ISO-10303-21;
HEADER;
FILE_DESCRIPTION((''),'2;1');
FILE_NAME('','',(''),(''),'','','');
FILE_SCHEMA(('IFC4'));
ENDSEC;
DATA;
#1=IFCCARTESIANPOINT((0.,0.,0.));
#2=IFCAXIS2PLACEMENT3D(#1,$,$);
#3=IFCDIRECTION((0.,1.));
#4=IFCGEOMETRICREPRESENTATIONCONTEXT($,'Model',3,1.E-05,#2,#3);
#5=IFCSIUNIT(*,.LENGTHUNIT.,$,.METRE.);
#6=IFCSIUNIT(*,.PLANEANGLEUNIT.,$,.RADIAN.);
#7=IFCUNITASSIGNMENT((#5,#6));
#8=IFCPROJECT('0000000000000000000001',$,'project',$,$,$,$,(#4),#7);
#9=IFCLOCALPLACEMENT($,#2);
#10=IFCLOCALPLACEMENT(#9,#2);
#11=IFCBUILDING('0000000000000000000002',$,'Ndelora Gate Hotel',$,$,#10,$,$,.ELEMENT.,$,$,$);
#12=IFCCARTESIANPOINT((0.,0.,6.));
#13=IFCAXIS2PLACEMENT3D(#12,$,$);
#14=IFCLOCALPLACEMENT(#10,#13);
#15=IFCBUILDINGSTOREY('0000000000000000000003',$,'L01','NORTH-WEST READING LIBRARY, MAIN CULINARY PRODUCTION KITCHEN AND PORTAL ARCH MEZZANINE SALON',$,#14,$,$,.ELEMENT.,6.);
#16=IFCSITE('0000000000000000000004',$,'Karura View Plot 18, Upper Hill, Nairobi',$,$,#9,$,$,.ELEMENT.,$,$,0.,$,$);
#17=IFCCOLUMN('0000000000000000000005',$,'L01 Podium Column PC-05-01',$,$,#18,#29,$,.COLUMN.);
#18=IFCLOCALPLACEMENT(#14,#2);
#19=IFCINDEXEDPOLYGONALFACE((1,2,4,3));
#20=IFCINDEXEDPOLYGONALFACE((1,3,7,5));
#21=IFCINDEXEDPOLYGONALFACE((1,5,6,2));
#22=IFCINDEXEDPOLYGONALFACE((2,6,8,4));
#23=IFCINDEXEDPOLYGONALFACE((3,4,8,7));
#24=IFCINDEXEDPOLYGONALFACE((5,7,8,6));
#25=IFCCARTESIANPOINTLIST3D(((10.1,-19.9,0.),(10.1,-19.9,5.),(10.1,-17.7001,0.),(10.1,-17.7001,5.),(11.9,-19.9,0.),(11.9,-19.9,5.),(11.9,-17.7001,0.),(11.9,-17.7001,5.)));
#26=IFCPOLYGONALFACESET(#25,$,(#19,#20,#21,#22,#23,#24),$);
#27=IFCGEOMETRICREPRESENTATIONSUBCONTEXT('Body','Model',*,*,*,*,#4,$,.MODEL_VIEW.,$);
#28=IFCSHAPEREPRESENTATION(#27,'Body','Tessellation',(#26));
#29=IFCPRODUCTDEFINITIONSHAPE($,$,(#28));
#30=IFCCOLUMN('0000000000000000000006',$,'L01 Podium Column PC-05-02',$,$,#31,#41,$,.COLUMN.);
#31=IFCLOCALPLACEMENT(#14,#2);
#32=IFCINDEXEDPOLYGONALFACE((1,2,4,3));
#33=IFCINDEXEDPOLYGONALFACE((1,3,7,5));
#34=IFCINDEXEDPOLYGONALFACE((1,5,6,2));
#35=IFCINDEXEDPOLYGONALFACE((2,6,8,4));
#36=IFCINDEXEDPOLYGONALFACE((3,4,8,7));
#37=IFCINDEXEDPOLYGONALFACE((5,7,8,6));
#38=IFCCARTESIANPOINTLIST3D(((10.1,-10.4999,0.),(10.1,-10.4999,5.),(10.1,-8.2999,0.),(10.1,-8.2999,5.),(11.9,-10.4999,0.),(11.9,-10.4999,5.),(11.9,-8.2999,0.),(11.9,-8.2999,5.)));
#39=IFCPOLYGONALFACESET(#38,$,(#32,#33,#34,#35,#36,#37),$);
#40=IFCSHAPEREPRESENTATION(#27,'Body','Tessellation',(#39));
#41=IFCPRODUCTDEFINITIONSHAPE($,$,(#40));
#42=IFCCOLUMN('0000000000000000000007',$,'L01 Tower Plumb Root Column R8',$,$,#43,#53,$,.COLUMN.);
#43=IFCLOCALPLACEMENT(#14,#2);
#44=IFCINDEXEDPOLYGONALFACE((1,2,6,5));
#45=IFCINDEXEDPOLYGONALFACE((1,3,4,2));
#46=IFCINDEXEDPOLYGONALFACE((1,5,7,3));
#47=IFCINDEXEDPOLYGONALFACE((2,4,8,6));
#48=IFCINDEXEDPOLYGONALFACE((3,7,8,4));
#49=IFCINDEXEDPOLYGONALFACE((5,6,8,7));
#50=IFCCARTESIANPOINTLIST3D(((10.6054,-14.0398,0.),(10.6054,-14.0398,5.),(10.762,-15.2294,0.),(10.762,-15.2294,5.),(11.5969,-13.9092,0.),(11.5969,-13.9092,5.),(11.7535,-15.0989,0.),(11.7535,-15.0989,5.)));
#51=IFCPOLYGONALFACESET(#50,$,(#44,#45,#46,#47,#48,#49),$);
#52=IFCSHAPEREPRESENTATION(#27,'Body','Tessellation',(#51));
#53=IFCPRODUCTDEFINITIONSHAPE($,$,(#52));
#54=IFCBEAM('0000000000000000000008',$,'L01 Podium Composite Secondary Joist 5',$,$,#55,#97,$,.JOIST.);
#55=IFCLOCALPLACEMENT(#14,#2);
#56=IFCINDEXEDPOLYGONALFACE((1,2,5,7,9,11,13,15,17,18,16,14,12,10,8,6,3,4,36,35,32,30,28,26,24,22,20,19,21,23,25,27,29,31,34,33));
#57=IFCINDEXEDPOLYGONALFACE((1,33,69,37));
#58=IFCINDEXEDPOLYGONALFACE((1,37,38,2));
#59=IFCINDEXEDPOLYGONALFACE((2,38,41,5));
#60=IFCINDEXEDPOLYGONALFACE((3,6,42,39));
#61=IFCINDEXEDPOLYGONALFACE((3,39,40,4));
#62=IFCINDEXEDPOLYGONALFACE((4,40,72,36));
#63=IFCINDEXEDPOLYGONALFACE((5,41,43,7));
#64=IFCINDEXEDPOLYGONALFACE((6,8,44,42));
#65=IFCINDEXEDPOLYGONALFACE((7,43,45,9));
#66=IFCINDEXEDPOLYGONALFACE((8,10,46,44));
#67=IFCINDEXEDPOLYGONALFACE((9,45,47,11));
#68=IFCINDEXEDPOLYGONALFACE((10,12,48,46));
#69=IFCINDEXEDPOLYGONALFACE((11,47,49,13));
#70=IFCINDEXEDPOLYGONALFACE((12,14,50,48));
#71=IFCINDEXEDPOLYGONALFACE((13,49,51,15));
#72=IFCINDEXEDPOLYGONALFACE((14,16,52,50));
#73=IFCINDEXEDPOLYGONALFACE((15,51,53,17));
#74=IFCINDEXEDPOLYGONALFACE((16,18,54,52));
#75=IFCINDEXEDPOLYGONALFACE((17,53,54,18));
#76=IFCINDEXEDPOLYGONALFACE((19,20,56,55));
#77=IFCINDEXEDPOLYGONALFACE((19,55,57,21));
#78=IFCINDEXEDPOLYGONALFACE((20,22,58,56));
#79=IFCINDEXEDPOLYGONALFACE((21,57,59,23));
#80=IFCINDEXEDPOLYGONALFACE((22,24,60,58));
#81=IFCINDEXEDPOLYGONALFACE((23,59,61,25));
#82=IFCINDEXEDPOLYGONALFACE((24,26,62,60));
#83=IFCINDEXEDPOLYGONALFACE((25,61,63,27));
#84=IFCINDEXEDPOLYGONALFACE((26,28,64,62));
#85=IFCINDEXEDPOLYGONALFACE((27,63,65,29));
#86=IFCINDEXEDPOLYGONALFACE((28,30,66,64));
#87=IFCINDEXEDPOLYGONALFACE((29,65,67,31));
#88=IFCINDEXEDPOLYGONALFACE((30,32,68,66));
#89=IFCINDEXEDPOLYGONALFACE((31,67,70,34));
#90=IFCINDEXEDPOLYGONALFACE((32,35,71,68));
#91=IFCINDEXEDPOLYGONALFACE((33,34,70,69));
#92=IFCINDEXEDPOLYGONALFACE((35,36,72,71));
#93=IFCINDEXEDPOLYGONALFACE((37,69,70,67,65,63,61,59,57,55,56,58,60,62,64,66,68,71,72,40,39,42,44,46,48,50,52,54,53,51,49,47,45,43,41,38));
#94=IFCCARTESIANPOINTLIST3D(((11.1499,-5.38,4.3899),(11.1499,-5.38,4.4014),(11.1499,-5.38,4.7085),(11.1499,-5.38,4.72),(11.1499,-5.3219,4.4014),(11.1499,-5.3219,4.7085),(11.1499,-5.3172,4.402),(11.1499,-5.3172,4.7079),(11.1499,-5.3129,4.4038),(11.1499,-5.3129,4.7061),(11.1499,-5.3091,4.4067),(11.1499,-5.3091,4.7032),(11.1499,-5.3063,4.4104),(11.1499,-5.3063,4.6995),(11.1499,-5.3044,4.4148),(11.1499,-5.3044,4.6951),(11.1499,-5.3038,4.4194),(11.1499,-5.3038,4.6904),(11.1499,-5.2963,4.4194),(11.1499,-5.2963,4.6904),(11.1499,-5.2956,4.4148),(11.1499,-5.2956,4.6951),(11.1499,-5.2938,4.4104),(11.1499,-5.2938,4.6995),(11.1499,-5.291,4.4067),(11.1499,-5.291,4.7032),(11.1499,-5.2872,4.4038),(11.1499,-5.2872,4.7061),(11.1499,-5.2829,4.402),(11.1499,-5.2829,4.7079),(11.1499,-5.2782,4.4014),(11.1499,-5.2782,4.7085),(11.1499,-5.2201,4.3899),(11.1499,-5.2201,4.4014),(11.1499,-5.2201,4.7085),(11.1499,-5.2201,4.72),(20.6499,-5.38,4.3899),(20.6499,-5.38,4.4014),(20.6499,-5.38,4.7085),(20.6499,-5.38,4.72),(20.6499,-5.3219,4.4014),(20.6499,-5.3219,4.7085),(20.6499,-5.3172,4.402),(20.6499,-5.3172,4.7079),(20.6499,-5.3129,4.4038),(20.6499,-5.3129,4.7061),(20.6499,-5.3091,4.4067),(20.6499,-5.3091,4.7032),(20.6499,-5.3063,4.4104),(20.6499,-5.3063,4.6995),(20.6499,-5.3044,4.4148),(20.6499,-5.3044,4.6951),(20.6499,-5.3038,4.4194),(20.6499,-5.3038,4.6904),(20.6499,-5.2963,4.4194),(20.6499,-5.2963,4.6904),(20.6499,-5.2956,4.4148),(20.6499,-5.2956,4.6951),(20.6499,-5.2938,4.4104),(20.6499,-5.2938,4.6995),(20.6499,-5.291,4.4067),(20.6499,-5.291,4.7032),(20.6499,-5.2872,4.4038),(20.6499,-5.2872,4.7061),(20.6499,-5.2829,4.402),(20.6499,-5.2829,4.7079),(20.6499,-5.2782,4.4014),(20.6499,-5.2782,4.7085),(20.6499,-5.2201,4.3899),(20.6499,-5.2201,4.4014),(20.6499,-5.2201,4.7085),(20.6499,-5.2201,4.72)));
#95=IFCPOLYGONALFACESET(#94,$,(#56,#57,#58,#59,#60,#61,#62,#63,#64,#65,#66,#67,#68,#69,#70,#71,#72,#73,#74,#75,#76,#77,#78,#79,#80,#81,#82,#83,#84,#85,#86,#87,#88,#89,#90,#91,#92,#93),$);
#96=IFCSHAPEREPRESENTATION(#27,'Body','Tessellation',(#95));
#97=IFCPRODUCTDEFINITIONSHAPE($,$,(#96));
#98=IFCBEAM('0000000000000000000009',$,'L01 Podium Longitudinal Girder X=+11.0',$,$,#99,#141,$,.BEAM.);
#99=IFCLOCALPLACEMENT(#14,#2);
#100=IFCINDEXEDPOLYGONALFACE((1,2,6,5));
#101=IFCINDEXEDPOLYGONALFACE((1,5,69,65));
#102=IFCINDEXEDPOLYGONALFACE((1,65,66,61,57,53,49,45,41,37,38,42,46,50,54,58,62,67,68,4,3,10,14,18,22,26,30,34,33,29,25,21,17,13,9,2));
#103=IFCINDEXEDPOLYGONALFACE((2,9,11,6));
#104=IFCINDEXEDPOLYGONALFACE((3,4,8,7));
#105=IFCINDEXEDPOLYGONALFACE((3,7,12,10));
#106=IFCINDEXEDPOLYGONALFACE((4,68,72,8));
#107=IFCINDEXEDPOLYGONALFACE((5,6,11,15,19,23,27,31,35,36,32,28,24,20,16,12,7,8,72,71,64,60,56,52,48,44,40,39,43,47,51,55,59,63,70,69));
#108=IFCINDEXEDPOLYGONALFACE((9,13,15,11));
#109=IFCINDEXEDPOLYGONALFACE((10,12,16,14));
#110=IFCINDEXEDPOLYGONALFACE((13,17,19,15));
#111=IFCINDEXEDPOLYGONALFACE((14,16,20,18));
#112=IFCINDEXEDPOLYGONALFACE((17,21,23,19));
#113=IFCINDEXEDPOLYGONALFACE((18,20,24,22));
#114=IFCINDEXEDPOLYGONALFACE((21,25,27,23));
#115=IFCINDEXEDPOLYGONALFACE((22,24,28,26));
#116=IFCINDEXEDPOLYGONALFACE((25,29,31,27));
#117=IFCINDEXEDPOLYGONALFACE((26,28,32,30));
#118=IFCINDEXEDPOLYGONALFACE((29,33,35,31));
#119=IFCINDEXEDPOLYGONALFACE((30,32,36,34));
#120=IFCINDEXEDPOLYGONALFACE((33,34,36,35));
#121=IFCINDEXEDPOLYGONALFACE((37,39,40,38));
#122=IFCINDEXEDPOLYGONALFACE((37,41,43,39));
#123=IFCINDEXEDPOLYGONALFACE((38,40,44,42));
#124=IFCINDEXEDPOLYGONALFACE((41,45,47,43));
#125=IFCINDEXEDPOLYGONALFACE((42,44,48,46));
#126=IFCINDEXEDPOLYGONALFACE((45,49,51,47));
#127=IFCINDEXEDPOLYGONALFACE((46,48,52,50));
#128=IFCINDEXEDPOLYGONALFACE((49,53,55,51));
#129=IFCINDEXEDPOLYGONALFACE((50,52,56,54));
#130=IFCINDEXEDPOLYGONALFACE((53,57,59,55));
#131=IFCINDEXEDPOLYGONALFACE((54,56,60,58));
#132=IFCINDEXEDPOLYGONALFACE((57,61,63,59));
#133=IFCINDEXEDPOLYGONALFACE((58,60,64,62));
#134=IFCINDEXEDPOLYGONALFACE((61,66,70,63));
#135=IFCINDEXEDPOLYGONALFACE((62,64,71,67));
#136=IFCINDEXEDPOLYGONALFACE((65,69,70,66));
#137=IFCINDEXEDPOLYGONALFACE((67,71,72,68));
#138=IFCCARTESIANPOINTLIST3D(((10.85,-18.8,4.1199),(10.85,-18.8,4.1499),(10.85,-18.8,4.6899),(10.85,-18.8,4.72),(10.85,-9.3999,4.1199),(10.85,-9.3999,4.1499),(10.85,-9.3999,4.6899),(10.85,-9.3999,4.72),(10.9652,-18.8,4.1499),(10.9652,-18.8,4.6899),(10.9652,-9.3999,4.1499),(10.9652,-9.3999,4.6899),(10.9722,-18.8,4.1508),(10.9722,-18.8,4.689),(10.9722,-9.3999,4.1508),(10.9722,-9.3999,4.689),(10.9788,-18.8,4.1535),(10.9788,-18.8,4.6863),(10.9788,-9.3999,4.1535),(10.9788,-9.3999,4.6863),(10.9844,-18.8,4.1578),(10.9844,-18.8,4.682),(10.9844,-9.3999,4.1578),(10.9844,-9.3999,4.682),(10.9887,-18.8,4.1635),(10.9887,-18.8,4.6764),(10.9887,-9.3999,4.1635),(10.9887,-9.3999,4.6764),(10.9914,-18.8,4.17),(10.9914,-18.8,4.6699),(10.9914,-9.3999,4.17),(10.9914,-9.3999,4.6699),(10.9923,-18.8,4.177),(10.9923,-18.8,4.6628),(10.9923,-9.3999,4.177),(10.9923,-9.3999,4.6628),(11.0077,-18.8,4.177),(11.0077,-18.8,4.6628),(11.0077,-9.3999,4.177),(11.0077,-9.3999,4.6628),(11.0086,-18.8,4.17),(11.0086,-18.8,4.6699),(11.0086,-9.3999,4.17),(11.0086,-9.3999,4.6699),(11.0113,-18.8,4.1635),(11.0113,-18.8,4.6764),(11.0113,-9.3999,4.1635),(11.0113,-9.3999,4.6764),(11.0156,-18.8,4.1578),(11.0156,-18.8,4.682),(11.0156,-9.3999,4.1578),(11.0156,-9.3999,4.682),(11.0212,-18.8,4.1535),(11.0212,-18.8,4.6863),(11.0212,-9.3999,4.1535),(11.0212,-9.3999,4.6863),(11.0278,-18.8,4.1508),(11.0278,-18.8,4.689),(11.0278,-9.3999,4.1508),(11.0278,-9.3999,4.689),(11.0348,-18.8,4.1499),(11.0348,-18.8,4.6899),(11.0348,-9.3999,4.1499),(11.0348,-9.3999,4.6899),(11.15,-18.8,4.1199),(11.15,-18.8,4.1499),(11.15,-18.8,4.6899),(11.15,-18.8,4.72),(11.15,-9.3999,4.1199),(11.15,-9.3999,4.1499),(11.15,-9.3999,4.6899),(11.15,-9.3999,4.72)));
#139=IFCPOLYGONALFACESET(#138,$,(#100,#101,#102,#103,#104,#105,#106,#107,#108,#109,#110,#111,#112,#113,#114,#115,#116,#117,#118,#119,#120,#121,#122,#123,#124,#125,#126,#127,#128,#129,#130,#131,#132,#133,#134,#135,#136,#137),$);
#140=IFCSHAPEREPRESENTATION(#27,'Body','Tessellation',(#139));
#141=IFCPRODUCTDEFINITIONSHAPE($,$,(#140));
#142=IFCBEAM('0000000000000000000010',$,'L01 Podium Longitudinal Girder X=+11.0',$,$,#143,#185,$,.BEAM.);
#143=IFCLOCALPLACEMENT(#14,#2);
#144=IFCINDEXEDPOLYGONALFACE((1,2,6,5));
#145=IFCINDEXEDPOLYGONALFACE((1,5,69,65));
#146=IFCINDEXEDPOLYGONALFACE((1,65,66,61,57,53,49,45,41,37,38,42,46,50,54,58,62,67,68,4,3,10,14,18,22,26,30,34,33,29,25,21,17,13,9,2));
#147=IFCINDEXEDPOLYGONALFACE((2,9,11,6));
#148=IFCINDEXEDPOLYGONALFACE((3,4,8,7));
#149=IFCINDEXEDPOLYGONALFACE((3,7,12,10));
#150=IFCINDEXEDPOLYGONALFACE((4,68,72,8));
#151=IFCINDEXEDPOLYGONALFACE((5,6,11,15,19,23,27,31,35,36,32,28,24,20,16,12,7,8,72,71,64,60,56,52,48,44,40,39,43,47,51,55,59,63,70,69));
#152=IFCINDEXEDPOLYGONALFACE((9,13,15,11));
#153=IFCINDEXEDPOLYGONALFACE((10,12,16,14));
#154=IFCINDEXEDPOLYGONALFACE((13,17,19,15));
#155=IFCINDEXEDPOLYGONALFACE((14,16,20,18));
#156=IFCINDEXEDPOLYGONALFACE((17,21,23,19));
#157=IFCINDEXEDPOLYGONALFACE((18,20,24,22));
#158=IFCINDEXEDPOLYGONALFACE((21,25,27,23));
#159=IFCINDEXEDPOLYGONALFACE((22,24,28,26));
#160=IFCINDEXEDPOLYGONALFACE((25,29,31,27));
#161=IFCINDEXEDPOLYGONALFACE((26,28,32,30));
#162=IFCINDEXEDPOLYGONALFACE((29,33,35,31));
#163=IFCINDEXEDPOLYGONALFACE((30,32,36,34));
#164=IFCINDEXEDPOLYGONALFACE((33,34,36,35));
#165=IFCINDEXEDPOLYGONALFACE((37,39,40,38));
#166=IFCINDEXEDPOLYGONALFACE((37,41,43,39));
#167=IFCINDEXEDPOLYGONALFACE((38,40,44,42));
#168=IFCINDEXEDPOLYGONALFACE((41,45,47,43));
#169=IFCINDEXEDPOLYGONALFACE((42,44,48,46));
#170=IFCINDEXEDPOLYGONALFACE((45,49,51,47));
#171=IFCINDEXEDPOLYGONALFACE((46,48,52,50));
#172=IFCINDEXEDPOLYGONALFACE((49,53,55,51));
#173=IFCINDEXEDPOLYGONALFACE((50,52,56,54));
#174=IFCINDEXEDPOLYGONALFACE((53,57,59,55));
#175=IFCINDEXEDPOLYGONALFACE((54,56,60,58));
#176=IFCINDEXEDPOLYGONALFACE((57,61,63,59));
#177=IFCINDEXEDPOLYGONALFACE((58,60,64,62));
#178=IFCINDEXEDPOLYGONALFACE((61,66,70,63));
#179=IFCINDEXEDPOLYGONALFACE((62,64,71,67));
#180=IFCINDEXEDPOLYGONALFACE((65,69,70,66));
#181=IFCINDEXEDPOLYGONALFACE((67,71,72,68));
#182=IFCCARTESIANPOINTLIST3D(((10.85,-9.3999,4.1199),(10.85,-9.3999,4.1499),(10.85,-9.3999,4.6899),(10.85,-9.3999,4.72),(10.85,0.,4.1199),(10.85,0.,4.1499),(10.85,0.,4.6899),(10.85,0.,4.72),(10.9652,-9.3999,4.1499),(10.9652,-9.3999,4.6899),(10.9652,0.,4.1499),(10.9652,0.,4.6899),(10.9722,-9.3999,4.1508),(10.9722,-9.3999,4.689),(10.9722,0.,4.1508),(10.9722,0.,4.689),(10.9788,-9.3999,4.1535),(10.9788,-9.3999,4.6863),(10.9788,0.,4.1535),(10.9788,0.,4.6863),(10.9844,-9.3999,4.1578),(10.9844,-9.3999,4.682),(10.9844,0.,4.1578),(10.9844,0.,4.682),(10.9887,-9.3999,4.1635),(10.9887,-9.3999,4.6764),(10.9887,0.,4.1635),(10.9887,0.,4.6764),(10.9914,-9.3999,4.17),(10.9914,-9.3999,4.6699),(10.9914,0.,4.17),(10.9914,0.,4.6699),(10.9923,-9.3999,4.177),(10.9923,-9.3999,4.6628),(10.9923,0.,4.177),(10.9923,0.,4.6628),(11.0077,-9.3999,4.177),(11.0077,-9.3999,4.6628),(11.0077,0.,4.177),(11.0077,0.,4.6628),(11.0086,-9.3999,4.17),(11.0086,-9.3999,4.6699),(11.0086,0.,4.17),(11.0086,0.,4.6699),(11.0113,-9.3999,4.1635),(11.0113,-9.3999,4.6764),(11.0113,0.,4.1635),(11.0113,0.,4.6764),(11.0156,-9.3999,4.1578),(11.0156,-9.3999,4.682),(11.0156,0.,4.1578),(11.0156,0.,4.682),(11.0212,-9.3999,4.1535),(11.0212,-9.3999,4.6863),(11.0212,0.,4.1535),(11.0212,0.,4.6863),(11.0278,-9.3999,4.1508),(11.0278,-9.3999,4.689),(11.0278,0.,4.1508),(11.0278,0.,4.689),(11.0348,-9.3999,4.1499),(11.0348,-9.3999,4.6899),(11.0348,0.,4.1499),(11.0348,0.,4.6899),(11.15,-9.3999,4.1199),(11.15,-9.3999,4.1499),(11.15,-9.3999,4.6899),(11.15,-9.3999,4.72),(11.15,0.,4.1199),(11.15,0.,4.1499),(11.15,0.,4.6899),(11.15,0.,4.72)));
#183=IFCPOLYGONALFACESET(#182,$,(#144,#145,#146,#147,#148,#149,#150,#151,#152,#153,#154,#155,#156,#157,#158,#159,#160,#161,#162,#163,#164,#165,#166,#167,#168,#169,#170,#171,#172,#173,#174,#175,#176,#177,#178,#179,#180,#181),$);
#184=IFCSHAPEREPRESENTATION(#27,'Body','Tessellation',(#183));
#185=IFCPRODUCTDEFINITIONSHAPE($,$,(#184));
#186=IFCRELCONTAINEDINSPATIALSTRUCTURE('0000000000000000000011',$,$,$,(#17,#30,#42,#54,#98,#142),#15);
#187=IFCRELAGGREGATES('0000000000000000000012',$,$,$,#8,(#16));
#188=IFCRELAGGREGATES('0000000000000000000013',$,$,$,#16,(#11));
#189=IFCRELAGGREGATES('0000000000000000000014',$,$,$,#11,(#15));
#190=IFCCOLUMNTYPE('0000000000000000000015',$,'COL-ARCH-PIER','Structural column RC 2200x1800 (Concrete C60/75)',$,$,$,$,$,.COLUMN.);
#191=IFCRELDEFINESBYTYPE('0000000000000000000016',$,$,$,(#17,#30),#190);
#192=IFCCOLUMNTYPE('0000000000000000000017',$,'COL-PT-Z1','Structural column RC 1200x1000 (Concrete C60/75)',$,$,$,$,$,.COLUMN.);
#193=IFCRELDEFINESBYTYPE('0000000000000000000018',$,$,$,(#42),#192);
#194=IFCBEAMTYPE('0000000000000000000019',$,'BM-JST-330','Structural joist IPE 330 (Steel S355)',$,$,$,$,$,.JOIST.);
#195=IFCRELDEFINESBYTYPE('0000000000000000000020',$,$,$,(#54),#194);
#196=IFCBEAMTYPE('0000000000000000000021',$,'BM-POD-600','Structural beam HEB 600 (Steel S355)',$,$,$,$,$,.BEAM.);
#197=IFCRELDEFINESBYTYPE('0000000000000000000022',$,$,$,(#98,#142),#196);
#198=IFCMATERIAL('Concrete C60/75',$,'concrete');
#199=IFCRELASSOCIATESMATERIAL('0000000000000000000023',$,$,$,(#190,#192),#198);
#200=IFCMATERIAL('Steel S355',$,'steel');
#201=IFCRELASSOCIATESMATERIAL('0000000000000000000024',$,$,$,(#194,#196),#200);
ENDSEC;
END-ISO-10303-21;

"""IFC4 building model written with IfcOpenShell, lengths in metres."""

from ifc_helpers import new_model, si_unit, direction, frame, origin, origin_2d, place, context, subcontext, project, spatial, rectangle, i_section, extrude, material, material_profile, profile_set, type_object, element, save


model = new_model("IFC4")

# Units and contexts
model_context = context("Model", 3, precision=1e-05, world=origin(), true_north=direction((0.0, 1.0)))
body_context = subcontext(model_context, "Body", "Model", "MODEL_VIEW")
ifc_project = project(units=[si_unit("LENGTHUNIT", "METRE"), si_unit("PLANEANGLEUNIT", "RADIAN")], contexts=[model_context])

# Site, building, storey
site_placement = place(None, origin())
site = spatial("IfcSite", under=ifc_project, at=site_placement, Name="Karura View Plot 18, Upper Hill, Nairobi", CompositionType="ELEMENT", RefElevation=0.0)
building_placement = place(site_placement, origin())
building = spatial("IfcBuilding", under=site, at=building_placement, Name="Ndelora Gate Hotel", CompositionType="ELEMENT")
storey_placement = place(building_placement, frame((0.0, 0.0, 6.0)))
storey = spatial("IfcBuildingStorey", under=building, at=storey_placement, Name="L01", Description="NORTH-WEST READING LIBRARY, MAIN CULINARY PRODUCTION KITCHEN AND PORTAL ARCH MEZZANINE SALON", CompositionType="ELEMENT", Elevation=6.0)

# Columns
ifc_material_1 = material(Name="Concrete C60/75", Category="concrete")
ifc_material_profile_1 = material_profile(ifc_material_1, rectangle(XDim=1.8, YDim=2.2, at=origin_2d()), Name="RC 2200x1800")
ifc_profile_set_1 = profile_set([ifc_material_profile_1], Name="Concrete C60/75")
column_type_1 = type_object("IfcColumnType", Name="COL-ARCH-PIER", Description="Structural column RC 2200x1800 (Concrete C60/75)", PredefinedType="COLUMN", material=ifc_profile_set_1)
for number, where, z_axis, x_axis, name in (
    (1, (11.0, -18.8, 0.0), (0.0, 0.0, 1.0), (1.0, 0.0, 0.0), "L01 Podium Column PC-05-01"),
    (2, (11.0, -9.3999, 0.0), (0.0, 0.0, 1.0), (1.0, 0.0, 0.0), "L01 Podium Column PC-05-02"),
):
    element("IfcColumn", number, at=place(storey_placement, frame(where, z_axis=z_axis, x_axis=x_axis)), inside=storey, type_object=column_type_1, Name=name, PredefinedType="COLUMN", context=body_context, shape_type="SweptSolid", body=[
        extrude(rectangle(XDim=1.8, YDim=2.2, at=origin_2d()), origin(), (0.0, 0.0, 1.0), 5.0),
    ])
ifc_material_profile_2 = material_profile(ifc_material_1, rectangle(XDim=1.0, YDim=1.2, at=origin_2d()), Name="RC 1200x1000")
ifc_profile_set_2 = profile_set([ifc_material_profile_2], Name="Concrete C60/75")
column_type_2 = type_object("IfcColumnType", Name="COL-PT-Z1", Description="Structural column RC 1200x1000 (Concrete C60/75)", PredefinedType="COLUMN", material=ifc_profile_set_2)
column_placement = place(storey_placement, frame((11.1794, -14.5693, 0.0), z_axis=(0.0, 0.0, 1.0), x_axis=(0.991445, 0.130526, 0.0)))
element("IfcColumn", 3, at=column_placement, inside=storey, type_object=column_type_2, Name="L01 Tower Plumb Root Column R8", PredefinedType="COLUMN", context=body_context, shape_type="SweptSolid", body=[
    extrude(rectangle(XDim=1.0, YDim=1.2, at=origin_2d()), origin(), (0.0, 0.0, 1.0), 5.0),
])

# Beams
ifc_material_2 = material(Name="Steel S355", Category="steel")
ifc_material_profile_3 = material_profile(ifc_material_2, i_section(OverallWidth=0.1599, OverallDepth=0.3301, WebThickness=0.0076, FlangeThickness=0.0115, FilletRadius=0.0181, at=origin_2d()), Name="IPE 330")
ifc_profile_set_3 = profile_set([ifc_material_profile_3], Name="Steel S355")
beam_type_1 = type_object("IfcBeamType", Name="BM-JST-330", Description="Structural joist IPE 330 (Steel S355)", PredefinedType="JOIST", material=ifc_profile_set_3)
beam_1_placement = place(storey_placement, frame((11.1499, -5.3, 4.5549), z_axis=(1.0, 0.0, 0.0), x_axis=(0.0, 1.0, 0.0)))
element("IfcBeam", 4, at=beam_1_placement, inside=storey, type_object=beam_type_1, Name="L01 Podium Composite Secondary Joist 5", PredefinedType="JOIST", context=body_context, shape_type="SweptSolid", body=[
    extrude(i_section(OverallWidth=0.1599, OverallDepth=0.3301, WebThickness=0.0076, FlangeThickness=0.0115, FilletRadius=0.0181, at=origin_2d()), origin(), (0.0, 0.0, 1.0), 9.5),
])
ifc_material_profile_4 = material_profile(ifc_material_2, i_section(OverallWidth=0.3, OverallDepth=0.6001, WebThickness=0.0154, FlangeThickness=0.03, FilletRadius=0.0271, at=origin_2d()), Name="HEB 600")
ifc_profile_set_4 = profile_set([ifc_material_profile_4], Name="Steel S355")
beam_type_2 = type_object("IfcBeamType", Name="BM-POD-600", Description="Structural beam HEB 600 (Steel S355)", PredefinedType="BEAM", material=ifc_profile_set_4)
beam_2_placement = place(storey_placement, frame((11.0, -18.8, 4.4199), z_axis=(0.0, 1.0, 0.0), x_axis=(-1.0, 0.0, 0.0)))
element("IfcBeam", 5, at=beam_2_placement, inside=storey, type_object=beam_type_2, Name="L01 Podium Longitudinal Girder X=+11.0", PredefinedType="BEAM", context=body_context, shape_type="SweptSolid", body=[
    extrude(i_section(OverallWidth=0.3, OverallDepth=0.6001, WebThickness=0.0154, FlangeThickness=0.03, FilletRadius=0.0271, at=origin_2d()), origin(), (0.0, 0.0, 1.0), 9.4001),
])
beam_3_placement = place(storey_placement, frame((11.0, -9.3999, 4.4199), z_axis=(0.0, 1.0, 0.0), x_axis=(-1.0, 0.0, 0.0)))
element("IfcBeam", 6, at=beam_3_placement, inside=storey, type_object=beam_type_2, Name="L01 Podium Longitudinal Girder X=+11.0", PredefinedType="BEAM", context=body_context, shape_type="SweptSolid", body=[
    extrude(i_section(OverallWidth=0.3, OverallDepth=0.6001, WebThickness=0.0154, FlangeThickness=0.03, FilletRadius=0.0271, at=origin_2d()), origin(), (0.0, 0.0, 1.0), 9.3999),
])

save(model, "model.ifc")
